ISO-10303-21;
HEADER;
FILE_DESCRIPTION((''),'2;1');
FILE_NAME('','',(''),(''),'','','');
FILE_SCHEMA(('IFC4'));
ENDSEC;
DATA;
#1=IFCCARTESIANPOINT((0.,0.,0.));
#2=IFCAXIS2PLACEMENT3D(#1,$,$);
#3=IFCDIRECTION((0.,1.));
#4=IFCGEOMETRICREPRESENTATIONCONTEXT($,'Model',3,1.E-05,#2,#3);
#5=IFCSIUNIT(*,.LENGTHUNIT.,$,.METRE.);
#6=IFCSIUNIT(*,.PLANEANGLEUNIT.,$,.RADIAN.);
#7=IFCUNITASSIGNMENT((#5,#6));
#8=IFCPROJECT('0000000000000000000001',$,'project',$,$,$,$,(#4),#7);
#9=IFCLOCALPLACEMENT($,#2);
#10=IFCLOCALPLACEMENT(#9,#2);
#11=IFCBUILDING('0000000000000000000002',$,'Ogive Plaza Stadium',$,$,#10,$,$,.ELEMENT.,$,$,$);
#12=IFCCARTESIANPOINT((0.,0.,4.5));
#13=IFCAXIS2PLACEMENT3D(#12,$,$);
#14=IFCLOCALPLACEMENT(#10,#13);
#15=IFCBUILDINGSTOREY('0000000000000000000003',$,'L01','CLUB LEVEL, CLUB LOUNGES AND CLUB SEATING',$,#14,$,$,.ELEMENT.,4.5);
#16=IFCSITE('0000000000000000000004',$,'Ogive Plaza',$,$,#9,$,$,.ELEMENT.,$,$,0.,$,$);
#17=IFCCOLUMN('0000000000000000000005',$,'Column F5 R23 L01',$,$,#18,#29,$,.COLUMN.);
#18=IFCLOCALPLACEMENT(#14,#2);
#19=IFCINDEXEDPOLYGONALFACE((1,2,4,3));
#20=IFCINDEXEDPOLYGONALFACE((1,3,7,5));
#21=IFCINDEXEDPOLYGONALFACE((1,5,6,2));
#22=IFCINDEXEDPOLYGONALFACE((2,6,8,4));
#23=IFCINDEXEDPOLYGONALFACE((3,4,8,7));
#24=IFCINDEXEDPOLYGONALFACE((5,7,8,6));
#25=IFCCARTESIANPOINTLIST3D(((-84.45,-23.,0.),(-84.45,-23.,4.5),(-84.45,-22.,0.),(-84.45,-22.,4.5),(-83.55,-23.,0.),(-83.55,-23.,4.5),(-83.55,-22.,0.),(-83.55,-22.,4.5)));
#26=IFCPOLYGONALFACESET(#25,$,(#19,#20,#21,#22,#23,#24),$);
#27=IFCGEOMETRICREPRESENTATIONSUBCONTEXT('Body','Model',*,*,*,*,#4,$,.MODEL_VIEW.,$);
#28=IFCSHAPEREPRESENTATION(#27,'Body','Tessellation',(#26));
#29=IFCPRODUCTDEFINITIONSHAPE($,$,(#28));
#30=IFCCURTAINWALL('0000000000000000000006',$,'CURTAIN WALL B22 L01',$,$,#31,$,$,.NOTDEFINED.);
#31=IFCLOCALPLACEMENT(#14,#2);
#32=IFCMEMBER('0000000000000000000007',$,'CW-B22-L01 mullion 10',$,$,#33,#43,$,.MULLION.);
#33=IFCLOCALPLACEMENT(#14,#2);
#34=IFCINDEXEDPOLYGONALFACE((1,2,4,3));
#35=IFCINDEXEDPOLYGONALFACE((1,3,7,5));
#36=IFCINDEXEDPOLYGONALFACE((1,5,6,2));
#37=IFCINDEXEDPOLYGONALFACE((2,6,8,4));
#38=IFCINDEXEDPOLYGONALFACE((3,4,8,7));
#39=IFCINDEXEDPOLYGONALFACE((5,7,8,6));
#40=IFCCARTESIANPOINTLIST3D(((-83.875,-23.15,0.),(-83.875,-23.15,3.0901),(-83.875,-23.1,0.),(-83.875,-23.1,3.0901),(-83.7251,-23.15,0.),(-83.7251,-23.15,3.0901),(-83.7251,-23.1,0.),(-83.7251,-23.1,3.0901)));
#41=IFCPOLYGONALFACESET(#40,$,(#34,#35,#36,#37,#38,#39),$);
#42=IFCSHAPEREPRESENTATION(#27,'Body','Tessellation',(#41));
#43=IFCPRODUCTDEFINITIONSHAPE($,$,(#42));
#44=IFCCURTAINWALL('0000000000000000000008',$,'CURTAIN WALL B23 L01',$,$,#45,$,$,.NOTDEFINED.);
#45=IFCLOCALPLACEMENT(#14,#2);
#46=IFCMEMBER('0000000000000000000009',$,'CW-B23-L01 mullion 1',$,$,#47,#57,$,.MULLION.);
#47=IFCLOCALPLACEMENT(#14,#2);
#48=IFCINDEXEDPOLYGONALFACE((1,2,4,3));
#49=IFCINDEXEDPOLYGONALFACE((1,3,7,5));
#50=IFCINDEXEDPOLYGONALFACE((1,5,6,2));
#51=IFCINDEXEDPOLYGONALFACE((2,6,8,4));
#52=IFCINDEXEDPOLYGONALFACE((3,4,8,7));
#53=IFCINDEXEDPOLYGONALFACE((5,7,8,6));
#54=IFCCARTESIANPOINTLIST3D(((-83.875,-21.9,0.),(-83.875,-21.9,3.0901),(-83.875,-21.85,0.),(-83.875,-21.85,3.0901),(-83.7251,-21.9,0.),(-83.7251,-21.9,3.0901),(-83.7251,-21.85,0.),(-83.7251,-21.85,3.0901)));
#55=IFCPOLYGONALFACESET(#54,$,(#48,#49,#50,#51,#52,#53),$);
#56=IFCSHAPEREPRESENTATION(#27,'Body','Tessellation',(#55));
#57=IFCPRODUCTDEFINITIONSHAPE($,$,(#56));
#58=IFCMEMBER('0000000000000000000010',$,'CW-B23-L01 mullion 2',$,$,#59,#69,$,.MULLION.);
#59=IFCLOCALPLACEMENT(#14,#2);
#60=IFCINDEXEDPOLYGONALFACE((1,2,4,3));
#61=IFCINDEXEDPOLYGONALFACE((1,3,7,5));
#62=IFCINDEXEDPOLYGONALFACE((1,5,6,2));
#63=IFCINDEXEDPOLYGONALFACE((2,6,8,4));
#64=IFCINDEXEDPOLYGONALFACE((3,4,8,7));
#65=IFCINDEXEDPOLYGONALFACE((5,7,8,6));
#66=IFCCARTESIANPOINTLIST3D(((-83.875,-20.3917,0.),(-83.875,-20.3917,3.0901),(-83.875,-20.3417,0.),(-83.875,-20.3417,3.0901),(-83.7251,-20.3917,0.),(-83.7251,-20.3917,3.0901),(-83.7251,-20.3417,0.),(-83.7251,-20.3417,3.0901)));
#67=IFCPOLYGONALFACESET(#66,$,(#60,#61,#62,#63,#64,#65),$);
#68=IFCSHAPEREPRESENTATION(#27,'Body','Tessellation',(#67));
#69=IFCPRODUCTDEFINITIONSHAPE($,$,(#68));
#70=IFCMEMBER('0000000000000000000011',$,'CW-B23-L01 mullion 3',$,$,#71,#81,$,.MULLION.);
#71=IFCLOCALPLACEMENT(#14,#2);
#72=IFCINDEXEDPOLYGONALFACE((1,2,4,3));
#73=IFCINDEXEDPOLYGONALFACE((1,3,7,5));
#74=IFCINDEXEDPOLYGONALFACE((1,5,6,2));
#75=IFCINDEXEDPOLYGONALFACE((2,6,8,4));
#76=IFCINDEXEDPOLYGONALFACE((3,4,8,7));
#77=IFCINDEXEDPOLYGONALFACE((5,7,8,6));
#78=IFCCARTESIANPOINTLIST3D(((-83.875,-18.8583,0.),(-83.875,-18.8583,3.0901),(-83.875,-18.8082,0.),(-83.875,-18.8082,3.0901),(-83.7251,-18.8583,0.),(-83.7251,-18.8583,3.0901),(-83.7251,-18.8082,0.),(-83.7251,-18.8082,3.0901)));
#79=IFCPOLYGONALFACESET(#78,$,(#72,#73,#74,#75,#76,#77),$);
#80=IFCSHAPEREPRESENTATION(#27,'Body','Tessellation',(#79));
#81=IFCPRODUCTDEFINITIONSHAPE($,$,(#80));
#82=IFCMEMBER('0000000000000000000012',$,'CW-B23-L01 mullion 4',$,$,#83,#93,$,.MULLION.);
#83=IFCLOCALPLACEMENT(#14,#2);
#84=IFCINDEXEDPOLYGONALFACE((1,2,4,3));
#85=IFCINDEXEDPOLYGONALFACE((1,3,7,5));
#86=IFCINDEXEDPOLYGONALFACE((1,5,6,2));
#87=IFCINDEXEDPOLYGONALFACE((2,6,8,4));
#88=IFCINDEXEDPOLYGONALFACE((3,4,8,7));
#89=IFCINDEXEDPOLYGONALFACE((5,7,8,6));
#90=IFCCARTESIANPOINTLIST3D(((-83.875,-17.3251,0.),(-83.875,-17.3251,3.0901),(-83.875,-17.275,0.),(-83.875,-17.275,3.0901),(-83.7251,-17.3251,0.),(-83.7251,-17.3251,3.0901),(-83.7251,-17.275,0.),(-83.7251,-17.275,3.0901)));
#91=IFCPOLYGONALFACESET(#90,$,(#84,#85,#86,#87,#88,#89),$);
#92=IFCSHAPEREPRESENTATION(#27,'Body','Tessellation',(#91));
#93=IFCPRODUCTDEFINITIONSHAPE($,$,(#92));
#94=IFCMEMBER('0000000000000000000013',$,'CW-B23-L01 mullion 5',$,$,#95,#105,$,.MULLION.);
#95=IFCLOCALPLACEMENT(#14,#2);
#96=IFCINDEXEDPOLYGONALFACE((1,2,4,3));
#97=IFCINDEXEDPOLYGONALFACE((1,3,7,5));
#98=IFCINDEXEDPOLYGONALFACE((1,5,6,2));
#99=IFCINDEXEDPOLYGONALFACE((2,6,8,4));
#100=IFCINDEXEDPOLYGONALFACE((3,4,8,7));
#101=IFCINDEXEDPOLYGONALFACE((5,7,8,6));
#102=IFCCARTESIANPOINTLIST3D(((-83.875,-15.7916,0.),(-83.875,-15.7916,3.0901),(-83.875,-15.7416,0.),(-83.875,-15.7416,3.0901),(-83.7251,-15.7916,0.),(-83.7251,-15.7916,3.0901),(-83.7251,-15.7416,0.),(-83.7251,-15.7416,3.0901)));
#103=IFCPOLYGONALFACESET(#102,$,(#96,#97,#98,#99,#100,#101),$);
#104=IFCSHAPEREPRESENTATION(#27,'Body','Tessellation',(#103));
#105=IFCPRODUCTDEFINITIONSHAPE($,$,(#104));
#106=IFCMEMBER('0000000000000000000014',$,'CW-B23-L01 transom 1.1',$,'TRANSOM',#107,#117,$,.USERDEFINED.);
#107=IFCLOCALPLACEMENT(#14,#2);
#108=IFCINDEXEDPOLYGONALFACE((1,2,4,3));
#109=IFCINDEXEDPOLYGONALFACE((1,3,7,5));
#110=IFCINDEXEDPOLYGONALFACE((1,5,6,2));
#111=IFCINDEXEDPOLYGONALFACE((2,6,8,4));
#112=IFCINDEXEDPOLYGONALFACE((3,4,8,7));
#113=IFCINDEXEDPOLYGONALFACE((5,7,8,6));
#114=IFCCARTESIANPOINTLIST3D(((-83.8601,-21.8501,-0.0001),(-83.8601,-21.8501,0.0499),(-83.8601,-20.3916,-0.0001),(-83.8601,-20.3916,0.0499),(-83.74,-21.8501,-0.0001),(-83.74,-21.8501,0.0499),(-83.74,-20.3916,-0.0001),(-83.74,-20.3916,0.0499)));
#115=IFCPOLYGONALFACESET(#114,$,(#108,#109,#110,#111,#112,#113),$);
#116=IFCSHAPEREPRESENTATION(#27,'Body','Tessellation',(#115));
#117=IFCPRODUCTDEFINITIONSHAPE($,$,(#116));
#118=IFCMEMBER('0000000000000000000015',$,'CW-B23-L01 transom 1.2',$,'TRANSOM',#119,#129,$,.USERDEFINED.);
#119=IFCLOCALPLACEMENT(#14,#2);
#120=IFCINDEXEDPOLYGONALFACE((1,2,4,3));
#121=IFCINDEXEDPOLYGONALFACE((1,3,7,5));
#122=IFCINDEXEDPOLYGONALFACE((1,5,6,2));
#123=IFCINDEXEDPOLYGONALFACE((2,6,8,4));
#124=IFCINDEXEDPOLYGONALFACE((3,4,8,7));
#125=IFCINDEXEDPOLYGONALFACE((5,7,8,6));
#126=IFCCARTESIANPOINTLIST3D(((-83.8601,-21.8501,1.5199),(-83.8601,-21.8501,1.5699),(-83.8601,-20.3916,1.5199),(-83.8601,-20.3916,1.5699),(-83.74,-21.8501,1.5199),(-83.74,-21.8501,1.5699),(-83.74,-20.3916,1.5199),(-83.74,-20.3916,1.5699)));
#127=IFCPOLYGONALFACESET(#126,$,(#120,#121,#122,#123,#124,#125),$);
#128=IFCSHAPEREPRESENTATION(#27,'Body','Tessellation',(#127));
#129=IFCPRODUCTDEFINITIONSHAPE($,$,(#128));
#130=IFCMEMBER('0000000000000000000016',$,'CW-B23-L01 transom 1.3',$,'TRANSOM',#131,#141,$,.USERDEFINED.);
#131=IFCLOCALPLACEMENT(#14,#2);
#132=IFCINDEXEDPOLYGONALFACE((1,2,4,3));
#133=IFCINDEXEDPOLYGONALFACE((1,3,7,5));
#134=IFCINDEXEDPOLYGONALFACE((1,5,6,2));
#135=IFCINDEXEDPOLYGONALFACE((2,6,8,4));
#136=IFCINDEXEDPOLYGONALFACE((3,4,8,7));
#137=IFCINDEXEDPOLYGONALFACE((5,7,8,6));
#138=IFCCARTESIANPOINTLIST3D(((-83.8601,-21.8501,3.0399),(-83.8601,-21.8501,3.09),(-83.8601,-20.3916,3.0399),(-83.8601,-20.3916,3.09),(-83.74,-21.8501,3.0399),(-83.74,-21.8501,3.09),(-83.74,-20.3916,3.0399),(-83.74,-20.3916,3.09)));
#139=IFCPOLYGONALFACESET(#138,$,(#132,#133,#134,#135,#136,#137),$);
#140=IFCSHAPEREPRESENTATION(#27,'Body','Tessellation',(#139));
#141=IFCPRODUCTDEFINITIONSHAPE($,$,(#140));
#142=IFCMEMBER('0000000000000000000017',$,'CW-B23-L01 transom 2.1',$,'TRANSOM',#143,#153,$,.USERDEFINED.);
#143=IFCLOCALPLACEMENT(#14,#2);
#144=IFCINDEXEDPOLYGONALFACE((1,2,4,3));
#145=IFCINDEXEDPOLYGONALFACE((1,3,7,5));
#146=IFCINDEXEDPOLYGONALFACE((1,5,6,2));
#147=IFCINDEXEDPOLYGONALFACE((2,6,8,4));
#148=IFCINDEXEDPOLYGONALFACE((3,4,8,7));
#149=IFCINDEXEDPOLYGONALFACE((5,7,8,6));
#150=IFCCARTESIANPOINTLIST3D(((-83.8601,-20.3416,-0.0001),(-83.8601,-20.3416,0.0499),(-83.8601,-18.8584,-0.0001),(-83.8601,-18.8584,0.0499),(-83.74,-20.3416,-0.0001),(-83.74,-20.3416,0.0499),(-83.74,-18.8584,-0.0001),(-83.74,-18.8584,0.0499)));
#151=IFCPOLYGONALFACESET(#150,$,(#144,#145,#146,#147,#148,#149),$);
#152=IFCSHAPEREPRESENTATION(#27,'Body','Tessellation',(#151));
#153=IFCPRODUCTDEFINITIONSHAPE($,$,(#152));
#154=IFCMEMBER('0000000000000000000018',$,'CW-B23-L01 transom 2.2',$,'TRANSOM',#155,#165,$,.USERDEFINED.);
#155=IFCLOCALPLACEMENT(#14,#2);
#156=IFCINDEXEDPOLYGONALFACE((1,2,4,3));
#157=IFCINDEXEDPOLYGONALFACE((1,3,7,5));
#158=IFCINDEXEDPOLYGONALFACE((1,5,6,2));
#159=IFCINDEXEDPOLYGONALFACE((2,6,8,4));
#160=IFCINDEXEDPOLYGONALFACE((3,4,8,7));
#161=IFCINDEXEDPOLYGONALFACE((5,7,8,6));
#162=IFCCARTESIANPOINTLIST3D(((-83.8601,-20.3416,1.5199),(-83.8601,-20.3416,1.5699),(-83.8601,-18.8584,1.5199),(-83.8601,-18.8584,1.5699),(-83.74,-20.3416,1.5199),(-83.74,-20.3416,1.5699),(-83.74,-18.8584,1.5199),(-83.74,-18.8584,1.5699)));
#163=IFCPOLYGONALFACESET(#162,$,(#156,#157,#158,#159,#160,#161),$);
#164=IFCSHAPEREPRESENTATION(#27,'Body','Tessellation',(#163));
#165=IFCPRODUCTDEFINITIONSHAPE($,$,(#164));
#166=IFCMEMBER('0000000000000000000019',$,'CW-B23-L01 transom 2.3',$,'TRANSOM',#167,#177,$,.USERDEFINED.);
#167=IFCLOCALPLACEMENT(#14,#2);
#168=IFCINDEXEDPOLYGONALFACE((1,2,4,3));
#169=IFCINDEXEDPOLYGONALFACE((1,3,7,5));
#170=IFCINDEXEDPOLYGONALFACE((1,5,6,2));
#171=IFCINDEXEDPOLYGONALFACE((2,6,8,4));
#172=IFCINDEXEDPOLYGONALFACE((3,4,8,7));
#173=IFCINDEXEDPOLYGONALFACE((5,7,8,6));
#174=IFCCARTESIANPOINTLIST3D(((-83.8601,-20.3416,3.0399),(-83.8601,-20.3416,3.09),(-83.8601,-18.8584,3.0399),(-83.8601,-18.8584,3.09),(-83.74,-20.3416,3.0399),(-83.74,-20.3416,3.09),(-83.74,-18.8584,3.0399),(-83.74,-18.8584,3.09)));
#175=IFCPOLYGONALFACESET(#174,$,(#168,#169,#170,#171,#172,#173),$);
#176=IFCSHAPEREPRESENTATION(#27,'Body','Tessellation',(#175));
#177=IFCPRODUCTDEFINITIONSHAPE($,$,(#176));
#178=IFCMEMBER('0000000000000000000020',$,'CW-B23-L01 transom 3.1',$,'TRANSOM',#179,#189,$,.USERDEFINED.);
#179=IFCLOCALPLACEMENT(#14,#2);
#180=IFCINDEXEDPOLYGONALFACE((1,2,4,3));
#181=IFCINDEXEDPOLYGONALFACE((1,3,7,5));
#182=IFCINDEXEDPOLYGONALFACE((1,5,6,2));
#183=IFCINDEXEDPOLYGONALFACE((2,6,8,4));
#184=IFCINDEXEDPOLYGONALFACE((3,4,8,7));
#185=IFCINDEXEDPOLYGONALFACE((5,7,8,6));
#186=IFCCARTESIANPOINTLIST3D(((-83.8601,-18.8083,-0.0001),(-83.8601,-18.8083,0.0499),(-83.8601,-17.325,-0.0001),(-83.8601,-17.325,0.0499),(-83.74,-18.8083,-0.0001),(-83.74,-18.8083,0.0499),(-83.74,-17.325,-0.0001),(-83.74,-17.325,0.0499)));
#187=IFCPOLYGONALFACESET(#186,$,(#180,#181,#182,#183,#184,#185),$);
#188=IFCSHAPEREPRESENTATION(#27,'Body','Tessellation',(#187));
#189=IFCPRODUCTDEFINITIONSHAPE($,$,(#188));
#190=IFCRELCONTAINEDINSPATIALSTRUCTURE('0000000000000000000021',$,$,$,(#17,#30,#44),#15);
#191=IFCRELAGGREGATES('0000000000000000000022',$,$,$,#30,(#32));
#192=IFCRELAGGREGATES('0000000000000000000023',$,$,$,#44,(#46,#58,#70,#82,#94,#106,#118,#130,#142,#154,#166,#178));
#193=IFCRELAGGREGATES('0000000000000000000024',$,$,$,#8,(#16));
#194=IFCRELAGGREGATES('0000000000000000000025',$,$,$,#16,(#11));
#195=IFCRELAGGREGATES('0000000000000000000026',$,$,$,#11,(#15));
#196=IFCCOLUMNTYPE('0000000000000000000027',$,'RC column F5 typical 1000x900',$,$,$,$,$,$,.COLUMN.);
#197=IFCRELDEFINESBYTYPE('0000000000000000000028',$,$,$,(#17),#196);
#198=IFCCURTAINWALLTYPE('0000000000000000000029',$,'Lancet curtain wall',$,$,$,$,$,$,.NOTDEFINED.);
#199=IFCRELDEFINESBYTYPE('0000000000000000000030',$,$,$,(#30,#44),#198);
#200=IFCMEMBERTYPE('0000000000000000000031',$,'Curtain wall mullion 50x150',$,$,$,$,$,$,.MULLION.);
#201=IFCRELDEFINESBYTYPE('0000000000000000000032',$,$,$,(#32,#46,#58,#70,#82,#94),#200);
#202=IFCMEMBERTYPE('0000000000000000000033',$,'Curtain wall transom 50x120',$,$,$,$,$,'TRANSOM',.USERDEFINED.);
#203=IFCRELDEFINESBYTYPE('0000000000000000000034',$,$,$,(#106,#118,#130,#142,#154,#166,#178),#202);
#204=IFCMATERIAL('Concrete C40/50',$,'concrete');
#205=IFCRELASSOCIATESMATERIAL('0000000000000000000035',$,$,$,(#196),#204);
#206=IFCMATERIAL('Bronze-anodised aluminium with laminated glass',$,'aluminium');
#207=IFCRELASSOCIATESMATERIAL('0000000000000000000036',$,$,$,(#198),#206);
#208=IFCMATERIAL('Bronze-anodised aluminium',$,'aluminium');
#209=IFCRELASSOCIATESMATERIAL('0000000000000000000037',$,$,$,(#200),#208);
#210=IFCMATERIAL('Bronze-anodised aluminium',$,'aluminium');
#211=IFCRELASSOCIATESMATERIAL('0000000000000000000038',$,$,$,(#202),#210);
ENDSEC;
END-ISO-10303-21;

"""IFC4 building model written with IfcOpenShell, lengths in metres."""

from ifc_helpers import new_model, si_unit, direction, frame, origin, origin_2d, place, context, subcontext, project, spatial, rectangle, extrude, material, material_profile, profile_set, type_object, element, aggregate, save


model = new_model("IFC4")

# Units and contexts
model_context = context("Model", 3, precision=1e-05, world=origin(), true_north=direction((0.0, 1.0)))
body_context = subcontext(model_context, "Body", "Model", "MODEL_VIEW")
ifc_project = project(units=[si_unit("LENGTHUNIT", "METRE"), si_unit("PLANEANGLEUNIT", "RADIAN")], contexts=[model_context])

# Site, building, storey
site_placement = place(None, origin())
site = spatial("IfcSite", under=ifc_project, at=site_placement, Name="Ogive Plaza", CompositionType="ELEMENT", RefElevation=0.0)
building_placement = place(site_placement, origin())
building = spatial("IfcBuilding", under=site, at=building_placement, Name="Ogive Plaza Stadium", CompositionType="ELEMENT")
storey_placement = place(building_placement, frame((0.0, 0.0, 4.5)))
storey = spatial("IfcBuildingStorey", under=building, at=storey_placement, Name="L01", Description="CLUB LEVEL, CLUB LOUNGES AND CLUB SEATING", CompositionType="ELEMENT", Elevation=4.5)

# Column
ifc_material_1 = material(Name="Concrete C40/50", Category="concrete")
ifc_material_profile_1 = material_profile(ifc_material_1, rectangle(XDim=1.0, YDim=0.8999, at=origin_2d()), Name="RC 1000x900")
ifc_profile_set_1 = profile_set([ifc_material_profile_1], Name="Concrete C40/50")
column_type = type_object("IfcColumnType", Name="RC column F5 typical 1000x900", PredefinedType="COLUMN", material=ifc_profile_set_1)
column_placement = place(storey_placement, frame((-84.0, -22.5, 0.0), z_axis=(0.0, 0.0, 1.0), x_axis=(0.0, -1.0, 0.0)))
element("IfcColumn", 1, at=column_placement, inside=storey, type_object=column_type, Name="Column F5 R23 L01", PredefinedType="COLUMN", context=body_context, shape_type="SweptSolid", body=[
    extrude(rectangle(XDim=1.0, YDim=0.8999, at=origin_2d()), origin(), (0.0, 0.0, 1.0), 4.5),
])

# Curtain wall, member
ifc_material_2 = material(Name="Bronze-anodised aluminium with laminated glass", Category="aluminium")
curtain_wall_type = type_object("IfcCurtainWallType", Name="Lancet curtain wall", PredefinedType="NOTDEFINED", material=ifc_material_2)
curtain_wall_1_placement = place(storey_placement, origin())
curtain_wall_1 = element("IfcCurtainWall", 2, at=curtain_wall_1_placement, inside=storey, type_object=curtain_wall_type, Name="CURTAIN WALL B22 L01", PredefinedType="NOTDEFINED")
ifc_material_3 = material(Name="Bronze-anodised aluminium", Category="aluminium")
ifc_material_profile_2 = material_profile(ifc_material_3, rectangle(XDim=0.1499, YDim=0.05, at=origin_2d()), Name="AL 150x50")
ifc_profile_set_2 = profile_set([ifc_material_profile_2], Name="Bronze-anodised aluminium")
member_type_1 = type_object("IfcMemberType", Name="Curtain wall mullion 50x150", PredefinedType="MULLION", material=ifc_profile_set_2)
member_1_placement = place(storey_placement, frame((-83.8, -23.125, 0.0), z_axis=(0.0, 0.0, 1.0), x_axis=(-1.0, 0.0, 0.0)))
member_1 = element("IfcMember", 3, at=member_1_placement, type_object=member_type_1, Name="CW-B22-L01 mullion 10", PredefinedType="MULLION", context=body_context, shape_type="SweptSolid", body=[
    extrude(rectangle(XDim=0.1499, YDim=0.05, at=origin_2d()), origin(), (0.0, 0.0, 1.0), 3.0901),
])

# Curtain wall, members
curtain_wall_2_placement = place(storey_placement, origin())
curtain_wall_2 = element("IfcCurtainWall", 4, at=curtain_wall_2_placement, inside=storey, type_object=curtain_wall_type, Name="CURTAIN WALL B23 L01", PredefinedType="NOTDEFINED")
member_2_placement = place(storey_placement, frame((-83.8, -21.875, 0.0), z_axis=(0.0, 0.0, 1.0), x_axis=(-1.0, 0.0, 0.0)))
member_2 = element("IfcMember", 5, at=member_2_placement, type_object=member_type_1, Name="CW-B23-L01 mullion 1", PredefinedType="MULLION", context=body_context, shape_type="SweptSolid", body=[
    extrude(rectangle(XDim=0.1499, YDim=0.05, at=origin_2d()), origin(), (0.0, 0.0, 1.0), 3.0901),
])
member_3_placement = place(storey_placement, frame((-83.8, -20.3667, 0.0), z_axis=(0.0, 0.0, 1.0), x_axis=(-1.0, 0.0, 0.0)))
member_3 = element("IfcMember", 6, at=member_3_placement, type_object=member_type_1, Name="CW-B23-L01 mullion 2", PredefinedType="MULLION", context=body_context, shape_type="SweptSolid", body=[
    extrude(rectangle(XDim=0.1499, YDim=0.05, at=origin_2d()), origin(), (0.0, 0.0, 1.0), 3.0901),
])
member_4_placement = place(storey_placement, frame((-83.8, -18.8333, 0.0), z_axis=(0.0, 0.0, 1.0), x_axis=(-1.0, 0.0, 0.0)))
member_4 = element("IfcMember", 7, at=member_4_placement, type_object=member_type_1, Name="CW-B23-L01 mullion 3", PredefinedType="MULLION", context=body_context, shape_type="SweptSolid", body=[
    extrude(rectangle(XDim=0.1499, YDim=0.05, at=origin_2d()), origin(), (0.0, 0.0, 1.0), 3.0901),
])
member_5_placement = place(storey_placement, frame((-83.8, -17.3, 0.0), z_axis=(0.0, 0.0, 1.0), x_axis=(-1.0, 0.0, 0.0)))
member_5 = element("IfcMember", 8, at=member_5_placement, type_object=member_type_1, Name="CW-B23-L01 mullion 4", PredefinedType="MULLION", context=body_context, shape_type="SweptSolid", body=[
    extrude(rectangle(XDim=0.1499, YDim=0.05, at=origin_2d()), origin(), (0.0, 0.0, 1.0), 3.0901),
])
member_6_placement = place(storey_placement, frame((-83.8, -15.7666, 0.0), z_axis=(0.0, 0.0, 1.0), x_axis=(-1.0, 0.0, 0.0)))
member_6 = element("IfcMember", 9, at=member_6_placement, type_object=member_type_1, Name="CW-B23-L01 mullion 5", PredefinedType="MULLION", context=body_context, shape_type="SweptSolid", body=[
    extrude(rectangle(XDim=0.1499, YDim=0.05, at=origin_2d()), origin(), (0.0, 0.0, 1.0), 3.0901),
])
ifc_material_4 = material(Name="Bronze-anodised aluminium", Category="aluminium")
ifc_material_profile_3 = material_profile(ifc_material_4, rectangle(XDim=0.1201, YDim=0.05, at=origin_2d()), Name="AL 120x50")
ifc_profile_set_3 = profile_set([ifc_material_profile_3], Name="Bronze-anodised aluminium")
member_type_2 = type_object("IfcMemberType", Name="Curtain wall transom 50x120", ElementType="TRANSOM", PredefinedType="USERDEFINED", material=ifc_profile_set_3)
member_7_placement = place(storey_placement, frame((-83.8, -21.8501, 0.0249), z_axis=(0.0, 1.0, 0.0), x_axis=(-1.0, 0.0, 0.0)))
member_7 = element("IfcMember", 10, at=member_7_placement, type_object=member_type_2, Name="CW-B23-L01 transom 1.1", ObjectType="TRANSOM", PredefinedType="USERDEFINED", context=body_context, shape_type="SweptSolid", body=[
    extrude(rectangle(XDim=0.1201, YDim=0.05, at=origin_2d()), origin(), (0.0, 0.0, 1.0), 1.4585),
])
member_8_placement = place(storey_placement, frame((-83.8, -21.8501, 1.5449), z_axis=(0.0, 1.0, 0.0), x_axis=(-1.0, 0.0, 0.0)))
member_8 = element("IfcMember", 11, at=member_8_placement, type_object=member_type_2, Name="CW-B23-L01 transom 1.2", ObjectType="TRANSOM", PredefinedType="USERDEFINED", context=body_context, shape_type="SweptSolid", body=[
    extrude(rectangle(XDim=0.1201, YDim=0.05, at=origin_2d()), origin(), (0.0, 0.0, 1.0), 1.4585),
])
member_9_placement = place(storey_placement, frame((-83.8, -21.8501, 3.0649), z_axis=(0.0, 1.0, 0.0), x_axis=(-1.0, 0.0, 0.0)))
member_9 = element("IfcMember", 12, at=member_9_placement, type_object=member_type_2, Name="CW-B23-L01 transom 1.3", ObjectType="TRANSOM", PredefinedType="USERDEFINED", context=body_context, shape_type="SweptSolid", body=[
    extrude(rectangle(XDim=0.1201, YDim=0.05, at=origin_2d()), origin(), (0.0, 0.0, 1.0), 1.4585),
])
member_10_placement = place(storey_placement, frame((-83.8, -20.3416, 0.0249), z_axis=(0.0, 1.0, 0.0), x_axis=(-1.0, 0.0, 0.0)))
member_10 = element("IfcMember", 13, at=member_10_placement, type_object=member_type_2, Name="CW-B23-L01 transom 2.1", ObjectType="TRANSOM", PredefinedType="USERDEFINED", context=body_context, shape_type="SweptSolid", body=[
    extrude(rectangle(XDim=0.1201, YDim=0.05, at=origin_2d()), origin(), (0.0, 0.0, 1.0), 1.4832),
])
member_11_placement = place(storey_placement, frame((-83.8, -20.3416, 1.5449), z_axis=(0.0, 1.0, 0.0), x_axis=(-1.0, 0.0, 0.0)))
member_11 = element("IfcMember", 14, at=member_11_placement, type_object=member_type_2, Name="CW-B23-L01 transom 2.2", ObjectType="TRANSOM", PredefinedType="USERDEFINED", context=body_context, shape_type="SweptSolid", body=[
    extrude(rectangle(XDim=0.1201, YDim=0.05, at=origin_2d()), origin(), (0.0, 0.0, 1.0), 1.4832),
])
member_12_placement = place(storey_placement, frame((-83.8, -20.3416, 3.0649), z_axis=(0.0, 1.0, 0.0), x_axis=(-1.0, 0.0, 0.0)))
member_12 = element("IfcMember", 15, at=member_12_placement, type_object=member_type_2, Name="CW-B23-L01 transom 2.3", ObjectType="TRANSOM", PredefinedType="USERDEFINED", context=body_context, shape_type="SweptSolid", body=[
    extrude(rectangle(XDim=0.1201, YDim=0.05, at=origin_2d()), origin(), (0.0, 0.0, 1.0), 1.4832),
])
member_13_placement = place(storey_placement, frame((-83.8, -18.8083, 0.0249), z_axis=(0.0, 1.0, 0.0), x_axis=(-1.0, 0.0, 0.0)))
member_13 = element("IfcMember", 16, at=member_13_placement, type_object=member_type_2, Name="CW-B23-L01 transom 3.1", ObjectType="TRANSOM", PredefinedType="USERDEFINED", context=body_context, shape_type="SweptSolid", body=[
    extrude(rectangle(XDim=0.1201, YDim=0.05, at=origin_2d()), origin(), (0.0, 0.0, 1.0), 1.4834),
])

aggregate(curtain_wall_1, [member_1])
aggregate(curtain_wall_2, [member_2, member_3, member_4, member_5, member_6, member_7, member_8, member_9, member_10, member_11, member_12, member_13])

save(model, "model.ifc")
